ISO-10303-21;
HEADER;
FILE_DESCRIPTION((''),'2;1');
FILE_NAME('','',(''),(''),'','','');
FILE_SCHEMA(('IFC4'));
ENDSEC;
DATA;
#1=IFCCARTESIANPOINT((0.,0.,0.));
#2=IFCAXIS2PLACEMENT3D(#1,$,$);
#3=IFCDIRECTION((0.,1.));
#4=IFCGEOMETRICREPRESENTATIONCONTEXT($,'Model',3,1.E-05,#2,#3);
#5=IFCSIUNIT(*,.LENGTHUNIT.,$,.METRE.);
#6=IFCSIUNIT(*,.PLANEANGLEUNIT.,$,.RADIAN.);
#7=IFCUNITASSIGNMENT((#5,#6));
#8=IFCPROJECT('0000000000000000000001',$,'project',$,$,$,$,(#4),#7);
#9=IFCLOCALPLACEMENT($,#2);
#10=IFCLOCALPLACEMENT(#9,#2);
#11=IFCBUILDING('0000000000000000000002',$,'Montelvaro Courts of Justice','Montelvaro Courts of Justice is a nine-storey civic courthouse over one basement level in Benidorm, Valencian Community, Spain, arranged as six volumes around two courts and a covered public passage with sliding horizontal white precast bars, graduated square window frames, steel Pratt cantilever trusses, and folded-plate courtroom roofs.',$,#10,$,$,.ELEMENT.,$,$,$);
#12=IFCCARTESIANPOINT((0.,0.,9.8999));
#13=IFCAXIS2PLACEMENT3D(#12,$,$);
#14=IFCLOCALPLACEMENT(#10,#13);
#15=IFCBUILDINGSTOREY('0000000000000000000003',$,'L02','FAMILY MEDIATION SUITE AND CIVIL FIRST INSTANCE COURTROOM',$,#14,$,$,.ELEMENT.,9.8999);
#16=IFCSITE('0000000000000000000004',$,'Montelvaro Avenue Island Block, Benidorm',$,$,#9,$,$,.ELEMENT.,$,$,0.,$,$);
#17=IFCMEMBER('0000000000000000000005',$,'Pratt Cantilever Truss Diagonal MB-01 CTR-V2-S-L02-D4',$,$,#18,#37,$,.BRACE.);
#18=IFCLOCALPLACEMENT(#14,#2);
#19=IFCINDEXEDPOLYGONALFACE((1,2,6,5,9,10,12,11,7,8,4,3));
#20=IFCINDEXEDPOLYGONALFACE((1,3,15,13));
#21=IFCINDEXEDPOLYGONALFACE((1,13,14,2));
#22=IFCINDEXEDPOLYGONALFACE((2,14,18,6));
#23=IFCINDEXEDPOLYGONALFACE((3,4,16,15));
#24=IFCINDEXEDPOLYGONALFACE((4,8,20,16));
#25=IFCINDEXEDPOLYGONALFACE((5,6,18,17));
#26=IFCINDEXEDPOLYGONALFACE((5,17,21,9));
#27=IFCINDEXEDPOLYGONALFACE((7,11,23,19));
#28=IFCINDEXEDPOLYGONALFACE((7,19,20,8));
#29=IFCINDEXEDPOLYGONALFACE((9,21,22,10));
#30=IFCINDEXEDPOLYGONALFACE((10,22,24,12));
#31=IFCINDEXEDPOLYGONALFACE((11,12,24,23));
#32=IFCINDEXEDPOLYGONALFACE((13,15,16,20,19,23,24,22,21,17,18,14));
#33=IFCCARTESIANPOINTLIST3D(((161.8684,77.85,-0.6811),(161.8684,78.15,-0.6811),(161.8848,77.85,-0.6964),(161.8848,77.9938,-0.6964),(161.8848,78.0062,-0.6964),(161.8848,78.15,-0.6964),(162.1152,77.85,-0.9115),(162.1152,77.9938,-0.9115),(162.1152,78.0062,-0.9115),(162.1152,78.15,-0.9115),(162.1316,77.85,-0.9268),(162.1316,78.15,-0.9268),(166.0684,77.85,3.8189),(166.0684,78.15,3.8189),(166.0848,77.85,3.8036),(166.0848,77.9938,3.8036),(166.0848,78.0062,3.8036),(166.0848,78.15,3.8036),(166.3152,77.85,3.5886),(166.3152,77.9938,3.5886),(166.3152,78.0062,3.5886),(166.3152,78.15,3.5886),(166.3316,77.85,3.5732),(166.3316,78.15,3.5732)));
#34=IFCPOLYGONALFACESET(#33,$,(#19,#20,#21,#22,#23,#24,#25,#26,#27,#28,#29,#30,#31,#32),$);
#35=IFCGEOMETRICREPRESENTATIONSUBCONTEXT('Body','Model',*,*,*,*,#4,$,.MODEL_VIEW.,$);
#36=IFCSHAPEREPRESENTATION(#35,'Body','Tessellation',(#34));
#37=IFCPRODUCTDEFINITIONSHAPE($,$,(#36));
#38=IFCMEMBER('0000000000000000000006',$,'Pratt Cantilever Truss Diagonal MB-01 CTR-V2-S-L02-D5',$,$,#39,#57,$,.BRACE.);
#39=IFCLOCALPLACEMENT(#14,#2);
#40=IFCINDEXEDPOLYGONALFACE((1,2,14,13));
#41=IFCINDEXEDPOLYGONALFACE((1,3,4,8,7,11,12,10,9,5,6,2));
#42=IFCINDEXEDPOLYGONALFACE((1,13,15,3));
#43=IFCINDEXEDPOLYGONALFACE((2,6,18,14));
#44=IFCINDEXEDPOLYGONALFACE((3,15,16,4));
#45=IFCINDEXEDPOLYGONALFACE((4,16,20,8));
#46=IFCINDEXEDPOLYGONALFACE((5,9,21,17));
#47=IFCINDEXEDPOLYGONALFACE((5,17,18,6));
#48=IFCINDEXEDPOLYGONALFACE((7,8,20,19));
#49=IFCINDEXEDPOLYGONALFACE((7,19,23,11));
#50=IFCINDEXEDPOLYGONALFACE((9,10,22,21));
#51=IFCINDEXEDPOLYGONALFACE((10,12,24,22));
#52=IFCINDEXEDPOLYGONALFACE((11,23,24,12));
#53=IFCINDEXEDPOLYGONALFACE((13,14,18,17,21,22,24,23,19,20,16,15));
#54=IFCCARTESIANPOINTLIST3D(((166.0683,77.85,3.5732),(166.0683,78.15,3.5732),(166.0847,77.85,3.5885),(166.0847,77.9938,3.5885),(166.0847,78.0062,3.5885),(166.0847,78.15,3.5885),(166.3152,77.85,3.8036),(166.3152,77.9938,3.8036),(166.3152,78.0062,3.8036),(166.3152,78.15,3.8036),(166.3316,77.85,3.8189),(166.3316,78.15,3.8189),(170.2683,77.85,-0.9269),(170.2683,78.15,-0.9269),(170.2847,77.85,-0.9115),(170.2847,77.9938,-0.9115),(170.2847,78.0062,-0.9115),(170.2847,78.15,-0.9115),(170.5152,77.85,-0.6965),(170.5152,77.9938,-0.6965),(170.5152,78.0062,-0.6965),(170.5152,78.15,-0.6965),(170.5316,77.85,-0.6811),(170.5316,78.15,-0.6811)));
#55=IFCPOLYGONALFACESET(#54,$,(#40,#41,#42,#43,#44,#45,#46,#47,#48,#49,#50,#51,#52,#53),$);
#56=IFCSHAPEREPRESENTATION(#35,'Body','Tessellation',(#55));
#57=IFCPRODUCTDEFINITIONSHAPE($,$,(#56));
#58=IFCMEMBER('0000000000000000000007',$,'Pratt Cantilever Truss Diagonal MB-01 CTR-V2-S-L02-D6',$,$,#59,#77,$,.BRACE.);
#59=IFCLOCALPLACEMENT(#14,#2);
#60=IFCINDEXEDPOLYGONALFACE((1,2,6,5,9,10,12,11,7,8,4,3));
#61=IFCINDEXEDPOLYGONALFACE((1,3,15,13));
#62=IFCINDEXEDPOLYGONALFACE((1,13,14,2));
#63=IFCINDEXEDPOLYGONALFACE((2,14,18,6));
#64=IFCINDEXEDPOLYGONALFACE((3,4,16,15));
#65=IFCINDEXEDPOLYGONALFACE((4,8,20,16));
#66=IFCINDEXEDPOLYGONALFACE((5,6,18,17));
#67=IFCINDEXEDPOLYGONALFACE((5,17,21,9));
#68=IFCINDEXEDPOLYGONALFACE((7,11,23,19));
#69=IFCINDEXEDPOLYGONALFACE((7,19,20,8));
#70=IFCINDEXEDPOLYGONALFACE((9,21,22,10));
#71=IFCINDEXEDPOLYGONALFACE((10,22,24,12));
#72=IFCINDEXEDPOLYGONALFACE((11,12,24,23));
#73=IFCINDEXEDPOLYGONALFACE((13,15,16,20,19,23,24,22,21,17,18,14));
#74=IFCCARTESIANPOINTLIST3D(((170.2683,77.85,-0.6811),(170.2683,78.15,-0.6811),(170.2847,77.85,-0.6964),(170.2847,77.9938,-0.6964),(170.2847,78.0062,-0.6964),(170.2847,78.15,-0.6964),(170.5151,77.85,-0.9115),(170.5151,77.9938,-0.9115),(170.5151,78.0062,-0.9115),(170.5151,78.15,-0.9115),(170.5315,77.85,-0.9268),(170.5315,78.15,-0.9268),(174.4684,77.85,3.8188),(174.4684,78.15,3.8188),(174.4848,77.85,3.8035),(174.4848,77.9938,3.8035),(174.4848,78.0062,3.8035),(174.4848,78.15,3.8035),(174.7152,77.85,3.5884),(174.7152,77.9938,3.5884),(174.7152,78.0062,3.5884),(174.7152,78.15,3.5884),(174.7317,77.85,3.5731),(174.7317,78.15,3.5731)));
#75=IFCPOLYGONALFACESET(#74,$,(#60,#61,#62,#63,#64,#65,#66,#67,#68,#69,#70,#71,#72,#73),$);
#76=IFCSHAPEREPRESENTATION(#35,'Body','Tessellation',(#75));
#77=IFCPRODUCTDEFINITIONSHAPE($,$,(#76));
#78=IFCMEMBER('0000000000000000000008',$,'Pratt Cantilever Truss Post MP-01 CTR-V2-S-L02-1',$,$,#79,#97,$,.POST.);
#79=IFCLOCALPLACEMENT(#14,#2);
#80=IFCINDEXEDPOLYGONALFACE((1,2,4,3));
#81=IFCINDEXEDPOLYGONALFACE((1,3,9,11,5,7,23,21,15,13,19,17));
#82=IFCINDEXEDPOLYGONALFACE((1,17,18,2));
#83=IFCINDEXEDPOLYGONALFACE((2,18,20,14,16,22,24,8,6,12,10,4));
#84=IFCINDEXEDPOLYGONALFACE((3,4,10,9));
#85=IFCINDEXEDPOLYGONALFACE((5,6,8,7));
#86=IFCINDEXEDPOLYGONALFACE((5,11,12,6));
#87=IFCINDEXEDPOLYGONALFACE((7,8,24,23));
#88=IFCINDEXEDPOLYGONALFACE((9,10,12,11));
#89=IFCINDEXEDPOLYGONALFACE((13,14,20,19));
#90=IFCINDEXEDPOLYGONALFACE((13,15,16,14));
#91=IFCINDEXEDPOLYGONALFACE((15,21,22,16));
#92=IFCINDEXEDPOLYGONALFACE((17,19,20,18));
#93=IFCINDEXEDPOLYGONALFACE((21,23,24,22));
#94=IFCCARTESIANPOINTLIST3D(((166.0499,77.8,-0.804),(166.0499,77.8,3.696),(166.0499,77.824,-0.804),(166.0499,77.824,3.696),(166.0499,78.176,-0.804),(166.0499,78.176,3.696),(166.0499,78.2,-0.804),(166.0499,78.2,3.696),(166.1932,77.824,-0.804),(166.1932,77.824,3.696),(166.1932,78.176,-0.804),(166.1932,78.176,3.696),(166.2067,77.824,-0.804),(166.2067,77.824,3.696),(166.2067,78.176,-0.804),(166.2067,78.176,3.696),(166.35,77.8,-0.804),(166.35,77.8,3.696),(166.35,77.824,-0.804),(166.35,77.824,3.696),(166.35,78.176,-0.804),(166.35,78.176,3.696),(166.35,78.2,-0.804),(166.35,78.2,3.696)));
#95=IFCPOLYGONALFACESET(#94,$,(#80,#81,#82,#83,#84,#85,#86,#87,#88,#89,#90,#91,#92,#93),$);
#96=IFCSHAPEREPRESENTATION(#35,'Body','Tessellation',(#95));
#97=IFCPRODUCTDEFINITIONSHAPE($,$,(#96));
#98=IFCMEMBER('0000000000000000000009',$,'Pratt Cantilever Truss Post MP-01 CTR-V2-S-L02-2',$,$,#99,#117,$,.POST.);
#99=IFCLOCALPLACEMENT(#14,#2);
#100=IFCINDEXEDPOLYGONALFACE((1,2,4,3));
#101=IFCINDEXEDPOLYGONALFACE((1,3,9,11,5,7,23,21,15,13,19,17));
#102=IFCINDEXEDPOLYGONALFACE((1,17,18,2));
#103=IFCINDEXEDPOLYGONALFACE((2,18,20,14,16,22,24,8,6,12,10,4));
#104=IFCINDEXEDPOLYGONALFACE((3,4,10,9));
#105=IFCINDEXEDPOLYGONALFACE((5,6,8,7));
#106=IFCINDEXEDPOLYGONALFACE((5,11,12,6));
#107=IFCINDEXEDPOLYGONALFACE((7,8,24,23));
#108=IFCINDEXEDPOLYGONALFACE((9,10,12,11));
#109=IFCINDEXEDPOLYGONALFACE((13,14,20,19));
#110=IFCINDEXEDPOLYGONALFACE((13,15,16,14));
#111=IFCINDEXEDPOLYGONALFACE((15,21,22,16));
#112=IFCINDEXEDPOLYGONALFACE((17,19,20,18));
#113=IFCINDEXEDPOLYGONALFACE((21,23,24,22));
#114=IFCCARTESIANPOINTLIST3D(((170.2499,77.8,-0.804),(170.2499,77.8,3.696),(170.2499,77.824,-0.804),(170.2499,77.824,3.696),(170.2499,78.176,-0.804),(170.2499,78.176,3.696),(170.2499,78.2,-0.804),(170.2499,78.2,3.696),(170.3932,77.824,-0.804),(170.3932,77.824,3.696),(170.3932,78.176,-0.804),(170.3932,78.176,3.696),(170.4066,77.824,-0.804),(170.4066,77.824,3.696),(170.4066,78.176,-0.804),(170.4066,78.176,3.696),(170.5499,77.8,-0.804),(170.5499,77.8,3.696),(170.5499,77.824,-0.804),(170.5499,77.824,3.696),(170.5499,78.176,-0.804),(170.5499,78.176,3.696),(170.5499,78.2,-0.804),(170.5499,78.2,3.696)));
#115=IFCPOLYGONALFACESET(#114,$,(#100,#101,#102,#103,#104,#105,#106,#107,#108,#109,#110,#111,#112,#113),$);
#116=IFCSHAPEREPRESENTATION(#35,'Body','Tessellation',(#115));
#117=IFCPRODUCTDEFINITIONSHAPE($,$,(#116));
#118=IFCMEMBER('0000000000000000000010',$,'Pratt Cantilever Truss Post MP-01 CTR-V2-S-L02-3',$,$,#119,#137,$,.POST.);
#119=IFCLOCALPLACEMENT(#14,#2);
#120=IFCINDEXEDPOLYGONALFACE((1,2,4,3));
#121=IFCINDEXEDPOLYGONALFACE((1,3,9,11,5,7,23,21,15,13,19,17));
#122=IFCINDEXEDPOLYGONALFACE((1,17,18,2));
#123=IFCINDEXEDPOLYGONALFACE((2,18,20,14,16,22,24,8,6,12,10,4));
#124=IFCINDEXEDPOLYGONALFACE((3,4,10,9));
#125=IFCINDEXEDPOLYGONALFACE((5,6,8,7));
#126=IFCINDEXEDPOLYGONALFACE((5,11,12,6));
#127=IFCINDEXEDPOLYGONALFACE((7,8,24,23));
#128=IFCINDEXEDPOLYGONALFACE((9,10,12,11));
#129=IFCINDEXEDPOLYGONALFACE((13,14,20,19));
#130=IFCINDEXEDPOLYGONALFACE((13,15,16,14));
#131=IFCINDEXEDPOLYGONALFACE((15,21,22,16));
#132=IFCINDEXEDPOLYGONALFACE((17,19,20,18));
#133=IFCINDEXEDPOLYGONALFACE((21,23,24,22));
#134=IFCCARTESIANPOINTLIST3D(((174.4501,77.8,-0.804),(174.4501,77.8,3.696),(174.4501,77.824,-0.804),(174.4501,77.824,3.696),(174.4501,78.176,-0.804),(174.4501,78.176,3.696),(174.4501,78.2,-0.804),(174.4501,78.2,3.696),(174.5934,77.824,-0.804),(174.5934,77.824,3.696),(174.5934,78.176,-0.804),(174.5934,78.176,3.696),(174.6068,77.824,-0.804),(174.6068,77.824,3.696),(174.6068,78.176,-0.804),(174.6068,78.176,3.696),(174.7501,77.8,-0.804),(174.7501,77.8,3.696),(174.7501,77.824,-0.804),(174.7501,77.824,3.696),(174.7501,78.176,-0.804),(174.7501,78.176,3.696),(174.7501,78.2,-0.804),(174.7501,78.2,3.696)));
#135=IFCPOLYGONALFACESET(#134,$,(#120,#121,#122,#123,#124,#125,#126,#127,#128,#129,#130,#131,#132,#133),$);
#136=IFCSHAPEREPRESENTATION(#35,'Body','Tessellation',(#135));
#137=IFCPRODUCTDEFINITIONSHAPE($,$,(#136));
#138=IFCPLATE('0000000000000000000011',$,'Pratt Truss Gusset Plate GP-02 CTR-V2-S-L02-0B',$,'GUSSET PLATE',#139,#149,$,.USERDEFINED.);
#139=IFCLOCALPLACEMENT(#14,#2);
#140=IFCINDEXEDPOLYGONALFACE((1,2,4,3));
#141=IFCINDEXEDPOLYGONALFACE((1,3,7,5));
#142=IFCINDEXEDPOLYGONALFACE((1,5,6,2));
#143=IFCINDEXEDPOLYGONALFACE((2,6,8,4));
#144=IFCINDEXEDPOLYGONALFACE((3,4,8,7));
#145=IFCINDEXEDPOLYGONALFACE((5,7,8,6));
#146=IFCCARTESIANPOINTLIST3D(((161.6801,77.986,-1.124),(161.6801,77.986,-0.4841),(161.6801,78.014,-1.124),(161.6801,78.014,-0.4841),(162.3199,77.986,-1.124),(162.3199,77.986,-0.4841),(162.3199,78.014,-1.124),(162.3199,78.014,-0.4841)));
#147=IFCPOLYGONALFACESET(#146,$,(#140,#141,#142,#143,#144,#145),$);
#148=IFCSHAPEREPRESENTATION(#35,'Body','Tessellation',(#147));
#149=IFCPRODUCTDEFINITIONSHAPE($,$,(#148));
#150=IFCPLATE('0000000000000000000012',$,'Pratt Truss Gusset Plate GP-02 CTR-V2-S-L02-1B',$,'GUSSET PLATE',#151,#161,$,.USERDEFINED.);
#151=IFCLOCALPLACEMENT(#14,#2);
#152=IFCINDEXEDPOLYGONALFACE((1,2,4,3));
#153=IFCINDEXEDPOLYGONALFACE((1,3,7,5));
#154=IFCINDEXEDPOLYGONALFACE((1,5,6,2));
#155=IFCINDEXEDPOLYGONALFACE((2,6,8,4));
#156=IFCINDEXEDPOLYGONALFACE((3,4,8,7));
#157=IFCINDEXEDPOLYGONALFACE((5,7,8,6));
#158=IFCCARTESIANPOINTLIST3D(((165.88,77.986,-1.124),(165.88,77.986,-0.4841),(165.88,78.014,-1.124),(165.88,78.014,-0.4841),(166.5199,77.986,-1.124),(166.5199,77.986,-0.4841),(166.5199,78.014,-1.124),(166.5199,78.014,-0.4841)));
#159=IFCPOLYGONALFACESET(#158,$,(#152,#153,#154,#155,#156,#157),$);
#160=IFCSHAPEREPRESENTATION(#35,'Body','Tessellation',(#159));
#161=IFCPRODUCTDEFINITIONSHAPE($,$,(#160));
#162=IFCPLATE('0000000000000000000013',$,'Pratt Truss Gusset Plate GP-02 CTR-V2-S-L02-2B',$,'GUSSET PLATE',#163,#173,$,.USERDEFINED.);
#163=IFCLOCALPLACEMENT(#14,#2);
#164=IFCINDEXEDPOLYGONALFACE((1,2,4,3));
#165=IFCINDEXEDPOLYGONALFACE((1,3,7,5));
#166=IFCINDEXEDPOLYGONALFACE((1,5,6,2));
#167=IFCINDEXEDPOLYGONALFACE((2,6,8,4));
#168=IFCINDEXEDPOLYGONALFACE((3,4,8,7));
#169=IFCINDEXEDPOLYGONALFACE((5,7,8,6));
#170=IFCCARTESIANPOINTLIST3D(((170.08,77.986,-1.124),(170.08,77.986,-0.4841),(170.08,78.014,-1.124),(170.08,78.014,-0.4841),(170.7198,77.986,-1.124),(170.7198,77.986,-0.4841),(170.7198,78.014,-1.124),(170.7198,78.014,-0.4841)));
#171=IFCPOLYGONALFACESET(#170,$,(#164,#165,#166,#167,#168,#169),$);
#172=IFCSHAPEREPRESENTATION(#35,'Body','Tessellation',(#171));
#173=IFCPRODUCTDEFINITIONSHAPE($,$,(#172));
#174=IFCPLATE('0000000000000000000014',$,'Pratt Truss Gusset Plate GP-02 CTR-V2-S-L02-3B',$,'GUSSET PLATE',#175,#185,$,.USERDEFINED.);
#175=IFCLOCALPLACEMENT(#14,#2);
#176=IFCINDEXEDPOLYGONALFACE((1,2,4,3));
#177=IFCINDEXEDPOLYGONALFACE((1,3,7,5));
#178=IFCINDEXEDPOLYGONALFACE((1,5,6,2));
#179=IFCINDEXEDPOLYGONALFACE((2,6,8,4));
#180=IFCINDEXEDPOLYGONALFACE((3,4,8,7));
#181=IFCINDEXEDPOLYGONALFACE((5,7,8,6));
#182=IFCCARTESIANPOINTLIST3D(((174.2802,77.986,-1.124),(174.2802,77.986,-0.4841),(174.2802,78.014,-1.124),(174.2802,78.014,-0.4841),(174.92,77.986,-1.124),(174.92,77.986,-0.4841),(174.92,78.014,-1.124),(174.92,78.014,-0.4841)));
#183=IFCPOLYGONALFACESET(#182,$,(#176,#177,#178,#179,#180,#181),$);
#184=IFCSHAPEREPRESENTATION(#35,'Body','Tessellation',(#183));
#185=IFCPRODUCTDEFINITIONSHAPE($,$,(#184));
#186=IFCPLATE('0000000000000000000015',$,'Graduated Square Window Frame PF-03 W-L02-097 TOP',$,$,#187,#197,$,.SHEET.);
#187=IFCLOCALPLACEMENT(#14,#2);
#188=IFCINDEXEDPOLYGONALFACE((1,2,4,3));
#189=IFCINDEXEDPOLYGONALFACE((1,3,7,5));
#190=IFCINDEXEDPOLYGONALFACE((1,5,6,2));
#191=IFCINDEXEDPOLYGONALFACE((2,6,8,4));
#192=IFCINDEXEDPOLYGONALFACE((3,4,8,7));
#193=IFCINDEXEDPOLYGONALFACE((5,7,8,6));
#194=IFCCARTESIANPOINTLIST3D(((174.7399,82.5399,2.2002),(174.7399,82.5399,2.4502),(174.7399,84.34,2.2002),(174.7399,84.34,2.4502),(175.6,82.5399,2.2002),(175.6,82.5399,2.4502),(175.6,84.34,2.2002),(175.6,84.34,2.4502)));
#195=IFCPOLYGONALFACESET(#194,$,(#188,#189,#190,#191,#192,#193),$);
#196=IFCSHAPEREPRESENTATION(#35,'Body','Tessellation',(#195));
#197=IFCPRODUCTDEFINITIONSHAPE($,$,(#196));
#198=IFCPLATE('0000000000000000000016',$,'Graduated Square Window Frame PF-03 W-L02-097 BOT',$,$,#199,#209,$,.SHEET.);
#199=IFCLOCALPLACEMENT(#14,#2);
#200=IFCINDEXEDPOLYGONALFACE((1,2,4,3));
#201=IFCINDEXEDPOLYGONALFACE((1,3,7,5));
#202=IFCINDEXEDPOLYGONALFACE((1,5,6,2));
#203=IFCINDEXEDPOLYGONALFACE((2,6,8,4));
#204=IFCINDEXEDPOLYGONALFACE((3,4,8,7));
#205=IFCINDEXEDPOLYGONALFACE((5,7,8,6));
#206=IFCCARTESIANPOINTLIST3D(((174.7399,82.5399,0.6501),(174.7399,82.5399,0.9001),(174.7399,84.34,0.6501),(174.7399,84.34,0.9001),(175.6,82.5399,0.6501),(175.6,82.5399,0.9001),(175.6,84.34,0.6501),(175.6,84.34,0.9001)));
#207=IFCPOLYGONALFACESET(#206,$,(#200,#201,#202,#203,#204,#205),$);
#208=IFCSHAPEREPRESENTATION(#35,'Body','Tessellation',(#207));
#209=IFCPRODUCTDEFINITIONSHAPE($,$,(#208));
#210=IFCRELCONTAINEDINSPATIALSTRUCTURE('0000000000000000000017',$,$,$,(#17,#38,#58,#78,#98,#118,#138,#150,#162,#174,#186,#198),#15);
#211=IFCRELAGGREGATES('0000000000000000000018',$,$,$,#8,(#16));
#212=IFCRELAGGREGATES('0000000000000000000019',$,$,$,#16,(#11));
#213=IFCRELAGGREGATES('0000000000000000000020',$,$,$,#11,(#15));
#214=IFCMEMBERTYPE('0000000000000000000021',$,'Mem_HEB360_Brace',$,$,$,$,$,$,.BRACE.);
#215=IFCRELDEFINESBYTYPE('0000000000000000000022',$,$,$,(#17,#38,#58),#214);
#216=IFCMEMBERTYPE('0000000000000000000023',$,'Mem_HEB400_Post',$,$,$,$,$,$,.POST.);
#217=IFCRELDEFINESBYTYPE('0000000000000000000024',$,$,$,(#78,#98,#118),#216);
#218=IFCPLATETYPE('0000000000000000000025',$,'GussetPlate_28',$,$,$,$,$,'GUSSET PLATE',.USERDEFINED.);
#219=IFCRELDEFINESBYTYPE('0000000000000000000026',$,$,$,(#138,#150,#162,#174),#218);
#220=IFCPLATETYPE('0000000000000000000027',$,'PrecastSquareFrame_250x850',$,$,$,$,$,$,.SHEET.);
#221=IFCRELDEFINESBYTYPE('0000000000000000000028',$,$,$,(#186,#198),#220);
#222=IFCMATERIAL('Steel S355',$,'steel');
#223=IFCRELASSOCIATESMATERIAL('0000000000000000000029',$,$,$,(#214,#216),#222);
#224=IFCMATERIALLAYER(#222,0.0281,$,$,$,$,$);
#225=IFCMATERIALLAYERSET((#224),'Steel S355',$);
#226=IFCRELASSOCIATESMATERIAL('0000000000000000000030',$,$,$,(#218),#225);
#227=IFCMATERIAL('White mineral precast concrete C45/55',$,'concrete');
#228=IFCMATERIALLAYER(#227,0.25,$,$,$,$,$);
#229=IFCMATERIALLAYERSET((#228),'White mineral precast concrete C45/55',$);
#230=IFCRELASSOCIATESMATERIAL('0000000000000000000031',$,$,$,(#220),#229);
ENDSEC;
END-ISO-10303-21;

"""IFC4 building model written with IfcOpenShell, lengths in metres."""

from ifc_helpers import new_model, si_unit, direction, frame, origin, origin_2d, place, context, subcontext, project, spatial, rectangle, i_section, extrude, material, layer, layer_set, material_profile, profile_set, type_object, element, save


model = new_model("IFC4")

# Units and contexts
model_context = context("Model", 3, precision=1e-05, world=origin(), true_north=direction((0.0, 1.0)))
body_context = subcontext(model_context, "Body", "Model", "MODEL_VIEW")
ifc_project = project(units=[si_unit("LENGTHUNIT", "METRE"), si_unit("PLANEANGLEUNIT", "RADIAN")], contexts=[model_context])

# Site, building, storey
site_placement = place(None, origin())
site = spatial("IfcSite", under=ifc_project, at=site_placement, Name="Montelvaro Avenue Island Block, Benidorm", CompositionType="ELEMENT", RefElevation=0.0)
building_placement = place(site_placement, origin())
building = spatial("IfcBuilding", under=site, at=building_placement, Name="Montelvaro Courts of Justice", Description="Montelvaro Courts of Justice is a nine-storey civic courthouse over one basement level in Benidorm, Valencian Community, Spain, arranged as six volumes around two courts and a covered public passage with sliding horizontal white precast bars, graduated square window frames, steel Pratt cantilever trusses, and folded-plate courtroom roofs.", CompositionType="ELEMENT")
storey_placement = place(building_placement, frame((0.0, 0.0, 9.8999)))
storey = spatial("IfcBuildingStorey", under=building, at=storey_placement, Name="L02", Description="FAMILY MEDIATION SUITE AND CIVIL FIRST INSTANCE COURTROOM", CompositionType="ELEMENT", Elevation=9.8999)

# Shared definitions
ifc_material_1 = material(Name="Steel S355", Category="steel")

# Members
ifc_material_profile_1 = material_profile(ifc_material_1, i_section(OverallWidth=0.3, OverallDepth=0.3601, WebThickness=0.0125, FlangeThickness=0.0225, at=origin_2d()), Name="HEB 360")
ifc_profile_set_1 = profile_set([ifc_material_profile_1], Name="Steel S355")
member_type_1 = type_object("IfcMemberType", Name="Mem_HEB360_Brace", PredefinedType="BRACE", material=ifc_profile_set_1)
for number, where, z_axis, x_axis, name in (
    (1, (162.0, 78.0, -0.804), (0.682314, 0.0, 0.731059), (0.0, 1.0, 0.0), "Pratt Cantilever Truss Diagonal MB-01 CTR-V2-S-L02-D4"),
    (2, (166.2, 78.0, 3.696), (0.682314, 0.0, -0.731059), (0.0, 1.0, 0.0), "Pratt Cantilever Truss Diagonal MB-01 CTR-V2-S-L02-D5"),
    (3, (170.3999, 78.0, -0.804), (0.682335, 0.0, 0.731039), (0.0, 1.0, 0.0), "Pratt Cantilever Truss Diagonal MB-01 CTR-V2-S-L02-D6"),
):
    element("IfcMember", number, at=place(storey_placement, frame(where, z_axis=z_axis, x_axis=x_axis)), inside=storey, type_object=member_type_1, Name=name, PredefinedType="BRACE", context=body_context, shape_type="SweptSolid", body=[
        extrude(i_section(OverallWidth=0.3, OverallDepth=0.3601, WebThickness=0.0125, FlangeThickness=0.0225, at=origin_2d()), origin(), (0.0, 0.0, 1.0), 6.1555),
    ])
ifc_material_profile_2 = material_profile(ifc_material_1, i_section(OverallWidth=0.3, OverallDepth=0.3999, WebThickness=0.0134, FlangeThickness=0.0239, at=origin_2d()), Name="HEB 400")
ifc_profile_set_2 = profile_set([ifc_material_profile_2], Name="Steel S355")
member_type_2 = type_object("IfcMemberType", Name="Mem_HEB400_Post", PredefinedType="POST", material=ifc_profile_set_2)
for number, where, z_axis, x_axis, name in (
    (4, (166.2, 78.0, -0.804), (0.0, 0.0, 1.0), (1.0, 0.0, 0.0), "Pratt Cantilever Truss Post MP-01 CTR-V2-S-L02-1"),
    (5, (170.3999, 78.0, -0.804), (0.0, 0.0, 1.0), (1.0, 0.0, 0.0), "Pratt Cantilever Truss Post MP-01 CTR-V2-S-L02-2"),
    (6, (174.6001, 78.0, -0.804), (0.0, 0.0, 1.0), (1.0, 0.0, 0.0), "Pratt Cantilever Truss Post MP-01 CTR-V2-S-L02-3"),
):
    element("IfcMember", number, at=place(storey_placement, frame(where, z_axis=z_axis, x_axis=x_axis)), inside=storey, type_object=member_type_2, Name=name, PredefinedType="POST", context=body_context, shape_type="SweptSolid", body=[
        extrude(i_section(OverallWidth=0.3, OverallDepth=0.3999, WebThickness=0.0134, FlangeThickness=0.0239, at=origin_2d()), origin(), (0.0, 0.0, 1.0), 4.5),
    ])

# Plates
ifc_layer_1 = layer(ifc_material_1, 0.0281)
ifc_layer_set_1 = layer_set([ifc_layer_1], Name="Steel S355")
plate_type_1 = type_object("IfcPlateType", Name="GussetPlate_28", ElementType="GUSSET PLATE", PredefinedType="USERDEFINED", material=ifc_layer_set_1)
for number, where, z_axis, x_axis, name in (
    (7, (162.0, 78.0, -1.124), (0.0, 0.0, 1.0), (1.0, 0.0, 0.0), "Pratt Truss Gusset Plate GP-02 CTR-V2-S-L02-0B"),
    (8, (166.2, 78.0, -1.124), (0.0, 0.0, 1.0), (1.0, 0.0, 0.0), "Pratt Truss Gusset Plate GP-02 CTR-V2-S-L02-1B"),
    (9, (170.3999, 78.0, -1.124), (0.0, 0.0, 1.0), (1.0, 0.0, 0.0), "Pratt Truss Gusset Plate GP-02 CTR-V2-S-L02-2B"),
    (10, (174.6001, 78.0, -1.124), (0.0, 0.0, 1.0), (1.0, 0.0, 0.0), "Pratt Truss Gusset Plate GP-02 CTR-V2-S-L02-3B"),
):
    element("IfcPlate", number, at=place(storey_placement, frame(where, z_axis=z_axis, x_axis=x_axis)), inside=storey, type_object=plate_type_1, Name=name, ObjectType="GUSSET PLATE", PredefinedType="USERDEFINED", context=body_context, shape_type="SweptSolid", body=[
        extrude(rectangle(XDim=0.6399, YDim=0.0281, at=origin_2d()), origin(), (0.0, 0.0, 1.0), 0.6399),
    ])
ifc_material_2 = material(Name="White mineral precast concrete C45/55", Category="concrete")
ifc_layer_2 = layer(ifc_material_2, 0.25)
ifc_layer_set_2 = layer_set([ifc_layer_2], Name="White mineral precast concrete C45/55")
plate_type_2 = type_object("IfcPlateType", Name="PrecastSquareFrame_250x850", PredefinedType="SHEET", material=ifc_layer_set_2)
for number, where, z_axis, x_axis, name in (
    (11, (175.1699, 83.4399, 2.2002), (0.0, 0.0, 1.0), (0.0, 1.0, 0.0), "Graduated Square Window Frame PF-03 W-L02-097 TOP"),
    (12, (175.1699, 83.4399, 0.6501), (0.0, 0.0, 1.0), (0.0, 1.0, 0.0), "Graduated Square Window Frame PF-03 W-L02-097 BOT"),
):
    element("IfcPlate", number, at=place(storey_placement, frame(where, z_axis=z_axis, x_axis=x_axis)), inside=storey, type_object=plate_type_2, Name=name, PredefinedType="SHEET", context=body_context, shape_type="SweptSolid", body=[
        extrude(rectangle(XDim=1.8, YDim=0.8601, at=origin_2d()), origin(), (0.0, 0.0, 1.0), 0.25),
    ])

save(model, "model.ifc")
